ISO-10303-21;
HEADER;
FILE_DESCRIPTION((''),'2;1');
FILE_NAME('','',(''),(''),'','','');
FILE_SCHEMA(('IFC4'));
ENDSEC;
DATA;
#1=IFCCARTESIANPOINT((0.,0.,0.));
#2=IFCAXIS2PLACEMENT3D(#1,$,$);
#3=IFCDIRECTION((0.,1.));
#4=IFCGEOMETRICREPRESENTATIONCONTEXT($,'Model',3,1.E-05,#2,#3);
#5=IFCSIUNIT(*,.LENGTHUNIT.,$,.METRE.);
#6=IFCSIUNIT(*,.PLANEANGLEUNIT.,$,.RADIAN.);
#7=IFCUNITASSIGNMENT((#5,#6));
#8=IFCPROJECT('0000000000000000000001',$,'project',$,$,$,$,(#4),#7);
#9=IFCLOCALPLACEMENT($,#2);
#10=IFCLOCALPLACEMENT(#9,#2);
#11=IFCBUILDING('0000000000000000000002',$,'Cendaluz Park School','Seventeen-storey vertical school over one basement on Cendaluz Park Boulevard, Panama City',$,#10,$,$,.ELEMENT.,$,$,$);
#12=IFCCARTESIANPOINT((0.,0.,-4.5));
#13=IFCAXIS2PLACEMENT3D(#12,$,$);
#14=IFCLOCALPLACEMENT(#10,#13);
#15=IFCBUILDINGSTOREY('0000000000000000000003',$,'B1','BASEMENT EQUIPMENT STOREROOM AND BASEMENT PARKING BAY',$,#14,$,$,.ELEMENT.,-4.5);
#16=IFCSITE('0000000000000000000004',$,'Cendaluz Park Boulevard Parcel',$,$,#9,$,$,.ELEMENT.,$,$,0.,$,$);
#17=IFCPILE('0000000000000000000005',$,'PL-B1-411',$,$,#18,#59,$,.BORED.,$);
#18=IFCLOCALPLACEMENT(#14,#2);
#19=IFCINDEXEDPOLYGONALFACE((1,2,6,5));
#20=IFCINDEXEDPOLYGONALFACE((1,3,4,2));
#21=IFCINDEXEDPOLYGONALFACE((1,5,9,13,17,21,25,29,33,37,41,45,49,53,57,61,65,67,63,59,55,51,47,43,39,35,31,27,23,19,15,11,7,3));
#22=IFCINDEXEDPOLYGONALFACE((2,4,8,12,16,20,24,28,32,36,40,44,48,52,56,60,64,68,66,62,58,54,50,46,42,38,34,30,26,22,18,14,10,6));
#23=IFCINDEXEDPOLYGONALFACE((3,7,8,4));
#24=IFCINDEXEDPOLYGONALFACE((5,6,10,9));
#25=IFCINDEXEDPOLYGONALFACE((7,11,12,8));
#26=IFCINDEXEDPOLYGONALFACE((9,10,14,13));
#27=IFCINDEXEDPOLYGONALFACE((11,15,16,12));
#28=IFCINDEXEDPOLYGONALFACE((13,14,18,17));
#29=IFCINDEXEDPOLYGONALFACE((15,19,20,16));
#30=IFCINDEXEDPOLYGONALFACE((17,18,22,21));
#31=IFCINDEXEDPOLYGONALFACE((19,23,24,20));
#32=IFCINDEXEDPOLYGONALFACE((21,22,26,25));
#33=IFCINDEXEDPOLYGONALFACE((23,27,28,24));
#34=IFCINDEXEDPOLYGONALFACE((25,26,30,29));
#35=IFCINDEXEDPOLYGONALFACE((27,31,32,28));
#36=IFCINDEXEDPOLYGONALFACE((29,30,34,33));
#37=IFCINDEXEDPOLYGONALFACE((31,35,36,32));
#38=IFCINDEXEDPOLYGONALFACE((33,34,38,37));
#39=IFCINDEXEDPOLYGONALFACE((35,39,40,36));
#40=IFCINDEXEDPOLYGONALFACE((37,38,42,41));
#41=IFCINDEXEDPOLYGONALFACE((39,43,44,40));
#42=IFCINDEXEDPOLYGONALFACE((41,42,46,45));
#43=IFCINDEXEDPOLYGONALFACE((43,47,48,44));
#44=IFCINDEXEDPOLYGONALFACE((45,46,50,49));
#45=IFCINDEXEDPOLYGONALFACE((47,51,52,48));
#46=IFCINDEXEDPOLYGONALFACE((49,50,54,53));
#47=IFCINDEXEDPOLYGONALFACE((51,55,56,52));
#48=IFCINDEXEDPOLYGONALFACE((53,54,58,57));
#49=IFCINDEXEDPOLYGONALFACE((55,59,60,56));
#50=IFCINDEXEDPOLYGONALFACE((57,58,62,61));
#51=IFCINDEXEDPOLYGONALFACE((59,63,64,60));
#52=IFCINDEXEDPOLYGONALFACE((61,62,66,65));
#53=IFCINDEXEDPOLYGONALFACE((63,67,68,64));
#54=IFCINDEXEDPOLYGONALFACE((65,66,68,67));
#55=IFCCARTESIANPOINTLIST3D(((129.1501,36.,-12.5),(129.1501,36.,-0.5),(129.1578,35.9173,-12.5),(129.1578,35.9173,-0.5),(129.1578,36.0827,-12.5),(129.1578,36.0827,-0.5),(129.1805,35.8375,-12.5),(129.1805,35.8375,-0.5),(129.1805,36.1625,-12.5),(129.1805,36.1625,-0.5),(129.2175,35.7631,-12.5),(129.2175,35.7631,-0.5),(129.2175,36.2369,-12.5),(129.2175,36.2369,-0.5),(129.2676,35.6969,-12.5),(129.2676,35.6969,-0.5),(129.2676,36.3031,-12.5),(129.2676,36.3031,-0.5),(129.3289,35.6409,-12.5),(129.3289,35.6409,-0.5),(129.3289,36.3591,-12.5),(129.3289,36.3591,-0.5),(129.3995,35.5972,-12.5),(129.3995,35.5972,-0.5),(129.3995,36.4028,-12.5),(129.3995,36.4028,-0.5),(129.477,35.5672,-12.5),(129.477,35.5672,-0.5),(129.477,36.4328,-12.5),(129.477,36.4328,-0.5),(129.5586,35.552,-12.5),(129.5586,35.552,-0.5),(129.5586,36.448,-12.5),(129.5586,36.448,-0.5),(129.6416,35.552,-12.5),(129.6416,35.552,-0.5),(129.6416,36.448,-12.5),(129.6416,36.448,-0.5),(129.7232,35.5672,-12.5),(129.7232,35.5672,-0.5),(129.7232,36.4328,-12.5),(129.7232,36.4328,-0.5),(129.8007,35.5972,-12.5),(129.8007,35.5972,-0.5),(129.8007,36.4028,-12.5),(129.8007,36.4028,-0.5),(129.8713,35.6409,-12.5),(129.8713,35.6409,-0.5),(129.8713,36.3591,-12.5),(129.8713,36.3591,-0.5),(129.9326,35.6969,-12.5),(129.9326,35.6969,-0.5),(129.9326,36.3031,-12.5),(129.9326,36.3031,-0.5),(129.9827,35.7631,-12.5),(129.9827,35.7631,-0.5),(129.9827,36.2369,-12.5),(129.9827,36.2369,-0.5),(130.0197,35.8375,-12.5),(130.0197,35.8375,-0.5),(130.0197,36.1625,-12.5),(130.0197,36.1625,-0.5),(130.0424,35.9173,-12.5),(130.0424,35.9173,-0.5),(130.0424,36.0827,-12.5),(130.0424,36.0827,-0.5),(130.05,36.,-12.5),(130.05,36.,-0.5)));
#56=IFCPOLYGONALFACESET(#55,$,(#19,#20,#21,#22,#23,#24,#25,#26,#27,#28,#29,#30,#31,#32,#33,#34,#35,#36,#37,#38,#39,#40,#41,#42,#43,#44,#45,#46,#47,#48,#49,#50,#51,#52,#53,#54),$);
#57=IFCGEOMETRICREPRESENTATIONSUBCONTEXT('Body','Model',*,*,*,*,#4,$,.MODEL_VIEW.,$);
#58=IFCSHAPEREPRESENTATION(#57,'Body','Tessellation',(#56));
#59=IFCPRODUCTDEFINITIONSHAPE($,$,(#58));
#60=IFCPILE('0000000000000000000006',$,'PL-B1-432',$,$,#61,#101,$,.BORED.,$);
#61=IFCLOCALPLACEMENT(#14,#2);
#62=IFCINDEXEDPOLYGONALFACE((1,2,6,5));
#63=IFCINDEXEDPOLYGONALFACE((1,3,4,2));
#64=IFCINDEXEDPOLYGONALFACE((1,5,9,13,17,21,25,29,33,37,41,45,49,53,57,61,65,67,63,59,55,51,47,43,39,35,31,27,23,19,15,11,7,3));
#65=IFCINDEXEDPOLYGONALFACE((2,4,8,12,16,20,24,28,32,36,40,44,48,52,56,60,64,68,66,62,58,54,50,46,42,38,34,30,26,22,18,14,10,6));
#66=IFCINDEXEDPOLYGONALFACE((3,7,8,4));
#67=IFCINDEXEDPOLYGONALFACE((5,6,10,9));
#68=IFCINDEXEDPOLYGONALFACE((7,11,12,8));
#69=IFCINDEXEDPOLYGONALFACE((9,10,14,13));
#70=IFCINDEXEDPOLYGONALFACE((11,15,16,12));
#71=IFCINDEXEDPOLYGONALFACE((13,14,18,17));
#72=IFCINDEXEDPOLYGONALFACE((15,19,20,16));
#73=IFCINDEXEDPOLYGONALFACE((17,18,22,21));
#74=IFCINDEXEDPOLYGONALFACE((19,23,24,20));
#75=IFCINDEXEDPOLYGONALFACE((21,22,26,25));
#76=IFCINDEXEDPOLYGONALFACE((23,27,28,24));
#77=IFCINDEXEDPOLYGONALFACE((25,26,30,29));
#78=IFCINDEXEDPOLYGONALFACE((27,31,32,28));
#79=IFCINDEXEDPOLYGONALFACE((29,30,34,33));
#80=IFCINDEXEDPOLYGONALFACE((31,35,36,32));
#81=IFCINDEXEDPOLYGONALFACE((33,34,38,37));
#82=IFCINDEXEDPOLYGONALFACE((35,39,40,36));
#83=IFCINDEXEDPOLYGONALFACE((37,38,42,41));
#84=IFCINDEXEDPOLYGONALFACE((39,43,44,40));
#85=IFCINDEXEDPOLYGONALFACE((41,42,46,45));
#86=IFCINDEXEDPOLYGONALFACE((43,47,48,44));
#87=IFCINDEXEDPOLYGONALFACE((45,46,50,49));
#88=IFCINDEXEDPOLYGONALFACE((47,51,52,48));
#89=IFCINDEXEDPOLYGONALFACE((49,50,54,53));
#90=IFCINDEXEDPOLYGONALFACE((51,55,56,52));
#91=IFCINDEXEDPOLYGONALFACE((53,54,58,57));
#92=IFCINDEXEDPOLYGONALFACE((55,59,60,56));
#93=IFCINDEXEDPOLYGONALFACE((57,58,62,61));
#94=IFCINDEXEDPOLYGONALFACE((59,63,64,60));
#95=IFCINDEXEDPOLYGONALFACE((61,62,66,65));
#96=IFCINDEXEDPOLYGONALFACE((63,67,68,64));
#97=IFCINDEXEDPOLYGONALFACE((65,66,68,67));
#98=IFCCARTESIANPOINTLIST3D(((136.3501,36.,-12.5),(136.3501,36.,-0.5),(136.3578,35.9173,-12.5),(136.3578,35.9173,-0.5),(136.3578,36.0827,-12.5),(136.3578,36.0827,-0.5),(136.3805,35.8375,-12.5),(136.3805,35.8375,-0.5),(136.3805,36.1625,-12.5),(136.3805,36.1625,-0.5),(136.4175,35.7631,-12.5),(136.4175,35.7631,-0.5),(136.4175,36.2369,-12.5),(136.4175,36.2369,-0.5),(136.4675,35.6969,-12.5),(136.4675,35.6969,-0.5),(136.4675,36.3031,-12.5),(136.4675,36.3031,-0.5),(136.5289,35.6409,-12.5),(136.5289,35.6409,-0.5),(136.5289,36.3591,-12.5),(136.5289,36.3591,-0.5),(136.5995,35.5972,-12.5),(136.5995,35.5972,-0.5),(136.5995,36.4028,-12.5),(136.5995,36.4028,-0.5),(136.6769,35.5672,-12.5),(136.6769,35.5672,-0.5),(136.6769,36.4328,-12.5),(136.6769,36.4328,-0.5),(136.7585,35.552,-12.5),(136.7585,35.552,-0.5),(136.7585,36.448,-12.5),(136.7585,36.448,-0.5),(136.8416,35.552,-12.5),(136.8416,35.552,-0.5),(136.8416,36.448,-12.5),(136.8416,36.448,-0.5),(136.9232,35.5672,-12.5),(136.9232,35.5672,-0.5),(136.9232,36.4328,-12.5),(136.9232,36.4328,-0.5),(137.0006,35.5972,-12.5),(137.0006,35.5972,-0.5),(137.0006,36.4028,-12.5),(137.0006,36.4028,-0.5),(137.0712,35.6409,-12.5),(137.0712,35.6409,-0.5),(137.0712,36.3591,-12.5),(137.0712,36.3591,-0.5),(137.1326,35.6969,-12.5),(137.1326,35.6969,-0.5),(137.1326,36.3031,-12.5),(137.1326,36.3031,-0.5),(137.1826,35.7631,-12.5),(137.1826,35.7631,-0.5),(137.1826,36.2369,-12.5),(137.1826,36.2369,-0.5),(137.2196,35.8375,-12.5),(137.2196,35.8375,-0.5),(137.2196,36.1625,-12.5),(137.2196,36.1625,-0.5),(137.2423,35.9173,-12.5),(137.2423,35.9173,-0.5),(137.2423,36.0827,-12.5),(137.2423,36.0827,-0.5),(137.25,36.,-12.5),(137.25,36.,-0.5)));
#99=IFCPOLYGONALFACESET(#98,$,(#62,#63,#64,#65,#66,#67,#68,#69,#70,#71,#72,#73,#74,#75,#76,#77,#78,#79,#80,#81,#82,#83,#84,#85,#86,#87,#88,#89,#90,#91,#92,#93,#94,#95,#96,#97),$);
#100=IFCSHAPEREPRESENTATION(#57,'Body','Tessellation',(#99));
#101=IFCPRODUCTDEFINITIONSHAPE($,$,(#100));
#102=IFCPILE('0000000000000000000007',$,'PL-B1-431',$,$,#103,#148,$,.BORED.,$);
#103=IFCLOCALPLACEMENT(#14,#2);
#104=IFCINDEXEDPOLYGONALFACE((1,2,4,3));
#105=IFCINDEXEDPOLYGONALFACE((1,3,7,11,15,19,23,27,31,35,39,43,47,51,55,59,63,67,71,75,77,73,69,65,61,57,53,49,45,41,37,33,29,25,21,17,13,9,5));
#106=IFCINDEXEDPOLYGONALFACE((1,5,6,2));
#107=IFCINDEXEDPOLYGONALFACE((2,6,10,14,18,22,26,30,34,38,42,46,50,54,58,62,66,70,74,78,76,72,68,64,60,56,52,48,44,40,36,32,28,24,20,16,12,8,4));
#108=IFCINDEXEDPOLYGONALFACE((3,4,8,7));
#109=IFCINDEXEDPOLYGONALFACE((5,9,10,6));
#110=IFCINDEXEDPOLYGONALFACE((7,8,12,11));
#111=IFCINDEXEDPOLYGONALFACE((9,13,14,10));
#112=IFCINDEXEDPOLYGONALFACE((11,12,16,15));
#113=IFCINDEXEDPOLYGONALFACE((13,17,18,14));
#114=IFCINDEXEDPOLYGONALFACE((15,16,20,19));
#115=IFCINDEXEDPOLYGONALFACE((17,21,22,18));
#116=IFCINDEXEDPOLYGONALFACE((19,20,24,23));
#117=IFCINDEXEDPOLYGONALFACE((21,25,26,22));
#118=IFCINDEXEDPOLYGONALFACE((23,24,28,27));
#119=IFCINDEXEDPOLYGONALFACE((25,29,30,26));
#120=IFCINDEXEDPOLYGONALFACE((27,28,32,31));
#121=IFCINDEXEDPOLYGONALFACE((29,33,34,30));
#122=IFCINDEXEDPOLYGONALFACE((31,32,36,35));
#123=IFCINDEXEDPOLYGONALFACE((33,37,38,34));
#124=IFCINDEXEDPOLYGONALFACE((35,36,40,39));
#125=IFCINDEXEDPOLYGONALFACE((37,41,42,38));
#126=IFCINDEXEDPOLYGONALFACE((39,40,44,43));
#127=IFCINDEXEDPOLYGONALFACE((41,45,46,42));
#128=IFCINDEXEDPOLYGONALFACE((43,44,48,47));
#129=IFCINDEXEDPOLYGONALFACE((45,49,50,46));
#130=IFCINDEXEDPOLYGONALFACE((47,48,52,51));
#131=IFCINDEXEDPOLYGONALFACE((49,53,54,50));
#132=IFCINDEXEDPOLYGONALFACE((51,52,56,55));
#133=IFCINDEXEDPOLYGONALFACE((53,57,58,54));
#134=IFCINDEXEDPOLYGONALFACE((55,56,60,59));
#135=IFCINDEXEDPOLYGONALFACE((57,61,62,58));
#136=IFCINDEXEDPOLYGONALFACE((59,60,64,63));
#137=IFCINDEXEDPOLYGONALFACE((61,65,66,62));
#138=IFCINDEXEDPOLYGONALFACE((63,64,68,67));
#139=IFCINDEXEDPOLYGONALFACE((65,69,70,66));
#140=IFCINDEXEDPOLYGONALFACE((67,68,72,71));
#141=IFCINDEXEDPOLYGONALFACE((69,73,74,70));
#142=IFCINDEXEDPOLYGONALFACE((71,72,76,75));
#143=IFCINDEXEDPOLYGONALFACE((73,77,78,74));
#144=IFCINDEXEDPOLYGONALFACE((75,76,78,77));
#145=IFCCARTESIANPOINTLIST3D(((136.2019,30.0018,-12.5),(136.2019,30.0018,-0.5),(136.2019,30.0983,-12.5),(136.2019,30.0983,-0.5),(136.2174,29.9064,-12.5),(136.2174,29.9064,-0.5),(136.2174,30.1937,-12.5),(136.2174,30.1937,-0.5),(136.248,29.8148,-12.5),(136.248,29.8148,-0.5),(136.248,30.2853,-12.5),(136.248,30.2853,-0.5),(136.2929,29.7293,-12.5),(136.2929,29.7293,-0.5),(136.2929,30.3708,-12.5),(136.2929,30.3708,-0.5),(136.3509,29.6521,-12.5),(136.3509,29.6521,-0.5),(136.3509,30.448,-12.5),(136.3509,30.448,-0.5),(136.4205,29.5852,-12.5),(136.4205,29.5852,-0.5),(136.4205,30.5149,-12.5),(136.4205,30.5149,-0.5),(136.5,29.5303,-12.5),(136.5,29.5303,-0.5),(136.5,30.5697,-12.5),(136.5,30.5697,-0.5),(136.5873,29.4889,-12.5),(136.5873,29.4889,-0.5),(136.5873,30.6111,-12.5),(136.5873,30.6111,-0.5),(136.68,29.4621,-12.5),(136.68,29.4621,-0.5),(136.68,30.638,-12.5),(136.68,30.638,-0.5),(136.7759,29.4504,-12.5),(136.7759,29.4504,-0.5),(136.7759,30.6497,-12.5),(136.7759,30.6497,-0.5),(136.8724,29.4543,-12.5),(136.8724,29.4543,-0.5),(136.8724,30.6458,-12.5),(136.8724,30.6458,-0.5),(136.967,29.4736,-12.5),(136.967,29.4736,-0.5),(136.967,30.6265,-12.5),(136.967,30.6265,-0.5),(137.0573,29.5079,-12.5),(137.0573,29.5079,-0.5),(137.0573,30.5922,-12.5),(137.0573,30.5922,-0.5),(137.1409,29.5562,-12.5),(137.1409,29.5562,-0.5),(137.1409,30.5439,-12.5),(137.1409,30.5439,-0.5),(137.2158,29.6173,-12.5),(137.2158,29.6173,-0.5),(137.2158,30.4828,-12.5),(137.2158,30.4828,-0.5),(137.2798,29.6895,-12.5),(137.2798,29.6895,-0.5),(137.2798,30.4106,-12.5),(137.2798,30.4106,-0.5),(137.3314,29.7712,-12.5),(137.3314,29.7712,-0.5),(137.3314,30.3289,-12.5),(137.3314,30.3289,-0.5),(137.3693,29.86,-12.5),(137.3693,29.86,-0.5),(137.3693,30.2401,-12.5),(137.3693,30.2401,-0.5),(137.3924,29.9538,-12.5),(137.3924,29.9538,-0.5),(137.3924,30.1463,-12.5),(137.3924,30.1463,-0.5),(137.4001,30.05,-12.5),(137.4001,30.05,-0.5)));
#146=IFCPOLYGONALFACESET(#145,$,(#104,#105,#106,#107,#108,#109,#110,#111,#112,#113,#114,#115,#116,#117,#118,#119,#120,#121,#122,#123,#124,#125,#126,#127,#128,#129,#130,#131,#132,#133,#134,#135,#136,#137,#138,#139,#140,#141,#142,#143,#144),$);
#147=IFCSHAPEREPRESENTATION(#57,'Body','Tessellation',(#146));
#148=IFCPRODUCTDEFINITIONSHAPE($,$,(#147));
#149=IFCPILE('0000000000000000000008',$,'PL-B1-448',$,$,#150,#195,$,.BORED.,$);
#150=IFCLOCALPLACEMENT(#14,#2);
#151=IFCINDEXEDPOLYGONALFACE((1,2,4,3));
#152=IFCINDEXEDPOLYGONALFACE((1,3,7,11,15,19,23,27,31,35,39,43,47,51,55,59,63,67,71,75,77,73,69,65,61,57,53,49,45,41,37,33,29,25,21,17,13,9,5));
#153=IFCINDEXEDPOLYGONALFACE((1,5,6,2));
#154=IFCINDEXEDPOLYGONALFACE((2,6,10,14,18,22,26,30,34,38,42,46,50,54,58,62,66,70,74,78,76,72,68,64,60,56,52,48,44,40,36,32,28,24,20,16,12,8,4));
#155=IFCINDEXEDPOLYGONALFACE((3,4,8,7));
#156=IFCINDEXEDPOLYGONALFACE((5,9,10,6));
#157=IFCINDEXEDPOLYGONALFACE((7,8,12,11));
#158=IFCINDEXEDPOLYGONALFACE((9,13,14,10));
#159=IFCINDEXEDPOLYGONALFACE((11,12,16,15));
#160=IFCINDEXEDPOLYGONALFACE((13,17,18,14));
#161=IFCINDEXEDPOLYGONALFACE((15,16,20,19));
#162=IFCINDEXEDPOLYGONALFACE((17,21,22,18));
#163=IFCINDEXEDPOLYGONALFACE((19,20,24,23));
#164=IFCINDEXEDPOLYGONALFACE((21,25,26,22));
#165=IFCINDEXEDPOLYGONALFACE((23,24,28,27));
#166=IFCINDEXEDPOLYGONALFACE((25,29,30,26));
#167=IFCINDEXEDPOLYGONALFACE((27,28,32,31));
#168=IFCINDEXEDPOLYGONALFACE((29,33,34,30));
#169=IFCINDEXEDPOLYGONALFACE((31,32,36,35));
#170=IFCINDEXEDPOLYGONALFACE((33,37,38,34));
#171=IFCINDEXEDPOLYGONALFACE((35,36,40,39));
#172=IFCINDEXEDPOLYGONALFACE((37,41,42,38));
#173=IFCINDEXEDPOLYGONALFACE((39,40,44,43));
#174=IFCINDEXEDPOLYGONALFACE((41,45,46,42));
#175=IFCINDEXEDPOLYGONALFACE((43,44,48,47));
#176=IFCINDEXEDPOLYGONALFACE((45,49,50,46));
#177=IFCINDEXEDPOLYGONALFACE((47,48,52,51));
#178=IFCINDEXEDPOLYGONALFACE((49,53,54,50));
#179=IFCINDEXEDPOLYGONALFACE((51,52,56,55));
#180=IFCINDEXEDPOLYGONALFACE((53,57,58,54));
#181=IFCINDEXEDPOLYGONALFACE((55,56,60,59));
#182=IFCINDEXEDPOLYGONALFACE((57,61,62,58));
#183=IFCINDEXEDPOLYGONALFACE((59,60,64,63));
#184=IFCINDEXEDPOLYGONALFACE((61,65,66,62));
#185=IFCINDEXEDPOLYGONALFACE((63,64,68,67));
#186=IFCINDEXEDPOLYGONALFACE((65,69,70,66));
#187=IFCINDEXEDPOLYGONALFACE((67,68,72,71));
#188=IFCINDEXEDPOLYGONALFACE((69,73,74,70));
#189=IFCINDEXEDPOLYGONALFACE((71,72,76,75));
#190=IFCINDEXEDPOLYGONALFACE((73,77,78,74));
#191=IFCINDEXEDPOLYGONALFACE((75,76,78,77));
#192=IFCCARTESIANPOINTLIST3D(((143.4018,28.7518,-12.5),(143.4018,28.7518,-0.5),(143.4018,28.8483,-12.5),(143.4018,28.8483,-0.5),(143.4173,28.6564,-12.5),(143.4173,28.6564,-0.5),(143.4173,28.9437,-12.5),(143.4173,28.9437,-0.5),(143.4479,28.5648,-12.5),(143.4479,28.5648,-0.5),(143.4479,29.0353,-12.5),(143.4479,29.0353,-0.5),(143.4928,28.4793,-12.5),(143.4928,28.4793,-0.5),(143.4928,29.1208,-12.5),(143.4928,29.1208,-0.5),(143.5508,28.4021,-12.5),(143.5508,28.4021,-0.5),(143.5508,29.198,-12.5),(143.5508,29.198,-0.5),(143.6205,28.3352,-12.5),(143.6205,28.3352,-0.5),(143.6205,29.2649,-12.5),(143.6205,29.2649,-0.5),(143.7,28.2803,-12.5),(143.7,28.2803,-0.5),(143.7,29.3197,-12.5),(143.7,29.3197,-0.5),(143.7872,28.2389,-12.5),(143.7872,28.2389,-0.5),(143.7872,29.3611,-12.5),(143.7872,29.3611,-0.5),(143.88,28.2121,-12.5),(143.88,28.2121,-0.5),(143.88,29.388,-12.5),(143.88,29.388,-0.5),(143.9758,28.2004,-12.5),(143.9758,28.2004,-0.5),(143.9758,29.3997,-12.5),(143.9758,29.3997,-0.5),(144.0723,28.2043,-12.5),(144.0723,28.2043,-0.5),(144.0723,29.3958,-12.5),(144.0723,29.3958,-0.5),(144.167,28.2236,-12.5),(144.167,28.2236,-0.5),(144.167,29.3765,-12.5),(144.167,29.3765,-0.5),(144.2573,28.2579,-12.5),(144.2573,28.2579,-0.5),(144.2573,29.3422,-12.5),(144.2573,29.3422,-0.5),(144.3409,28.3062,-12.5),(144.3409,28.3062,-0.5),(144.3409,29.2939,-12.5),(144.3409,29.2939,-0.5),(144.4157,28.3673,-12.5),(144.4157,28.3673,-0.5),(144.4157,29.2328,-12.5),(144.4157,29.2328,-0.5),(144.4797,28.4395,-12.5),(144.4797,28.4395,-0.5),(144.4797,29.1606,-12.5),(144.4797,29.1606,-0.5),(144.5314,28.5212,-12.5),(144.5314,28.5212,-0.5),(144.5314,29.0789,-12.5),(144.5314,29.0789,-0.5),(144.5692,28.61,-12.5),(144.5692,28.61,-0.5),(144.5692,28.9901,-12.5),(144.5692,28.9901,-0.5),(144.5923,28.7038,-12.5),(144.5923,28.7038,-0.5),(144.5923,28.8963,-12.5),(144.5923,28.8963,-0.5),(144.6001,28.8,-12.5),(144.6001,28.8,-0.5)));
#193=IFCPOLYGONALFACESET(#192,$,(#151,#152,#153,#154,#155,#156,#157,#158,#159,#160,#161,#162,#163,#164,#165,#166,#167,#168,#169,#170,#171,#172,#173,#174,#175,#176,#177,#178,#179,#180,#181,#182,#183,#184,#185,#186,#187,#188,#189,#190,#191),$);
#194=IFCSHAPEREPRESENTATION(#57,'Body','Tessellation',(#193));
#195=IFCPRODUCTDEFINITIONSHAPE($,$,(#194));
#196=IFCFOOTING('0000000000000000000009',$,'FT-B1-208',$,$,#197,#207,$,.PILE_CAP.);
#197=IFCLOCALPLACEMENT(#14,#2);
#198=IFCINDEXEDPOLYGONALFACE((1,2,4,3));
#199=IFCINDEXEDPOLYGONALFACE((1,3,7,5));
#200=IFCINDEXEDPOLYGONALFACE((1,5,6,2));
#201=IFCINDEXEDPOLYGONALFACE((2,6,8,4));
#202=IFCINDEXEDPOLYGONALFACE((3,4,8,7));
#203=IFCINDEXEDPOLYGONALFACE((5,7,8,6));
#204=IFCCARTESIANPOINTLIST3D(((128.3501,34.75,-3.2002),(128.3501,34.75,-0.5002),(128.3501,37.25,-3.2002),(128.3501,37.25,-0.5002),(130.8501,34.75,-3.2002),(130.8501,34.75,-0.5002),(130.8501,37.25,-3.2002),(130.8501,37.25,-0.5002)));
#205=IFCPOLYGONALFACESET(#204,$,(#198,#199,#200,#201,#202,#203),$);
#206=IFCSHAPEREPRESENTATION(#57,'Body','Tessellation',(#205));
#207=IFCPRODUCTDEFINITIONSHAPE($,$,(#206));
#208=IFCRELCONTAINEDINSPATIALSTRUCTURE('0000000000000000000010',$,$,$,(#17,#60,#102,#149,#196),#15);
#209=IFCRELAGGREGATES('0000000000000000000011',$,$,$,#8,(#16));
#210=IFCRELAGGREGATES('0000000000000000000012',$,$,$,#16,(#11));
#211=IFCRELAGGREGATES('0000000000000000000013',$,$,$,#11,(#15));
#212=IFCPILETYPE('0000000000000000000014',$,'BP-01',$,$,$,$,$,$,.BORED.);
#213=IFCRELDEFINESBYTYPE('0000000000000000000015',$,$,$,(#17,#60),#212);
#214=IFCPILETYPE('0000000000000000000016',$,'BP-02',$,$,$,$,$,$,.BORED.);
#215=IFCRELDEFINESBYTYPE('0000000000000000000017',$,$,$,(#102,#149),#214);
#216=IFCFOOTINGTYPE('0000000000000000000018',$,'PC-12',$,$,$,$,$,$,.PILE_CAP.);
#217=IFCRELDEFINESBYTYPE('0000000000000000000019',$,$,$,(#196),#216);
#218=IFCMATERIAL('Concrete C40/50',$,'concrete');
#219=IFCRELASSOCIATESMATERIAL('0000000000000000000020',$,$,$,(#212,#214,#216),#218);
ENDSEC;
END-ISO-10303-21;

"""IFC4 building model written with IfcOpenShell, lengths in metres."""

from ifc_helpers import new_model, si_unit, direction, frame, origin, origin_2d, place, context, subcontext, project, spatial, rectangle, circle, extrude, material, material_profile, profile_set, type_object, element, save


model = new_model("IFC4")

# Units and contexts
model_context = context("Model", 3, precision=1e-05, world=origin(), true_north=direction((0.0, 1.0)))
body_context = subcontext(model_context, "Body", "Model", "MODEL_VIEW")
ifc_project = project(units=[si_unit("LENGTHUNIT", "METRE"), si_unit("PLANEANGLEUNIT", "RADIAN")], contexts=[model_context])

# Site, building, storey
site_placement = place(None, origin())
site = spatial("IfcSite", under=ifc_project, at=site_placement, Name="Cendaluz Park Boulevard Parcel", CompositionType="ELEMENT", RefElevation=0.0)
building_placement = place(site_placement, origin())
building = spatial("IfcBuilding", under=site, at=building_placement, Name="Cendaluz Park School", Description="Seventeen-storey vertical school over one basement on Cendaluz Park Boulevard, Panama City", CompositionType="ELEMENT")
storey_placement = place(building_placement, frame((0.0, 0.0, -4.5)))
storey = spatial("IfcBuildingStorey", under=building, at=storey_placement, Name="B1", Description="BASEMENT EQUIPMENT STOREROOM AND BASEMENT PARKING BAY", CompositionType="ELEMENT", Elevation=-4.5)

# Piles
ifc_material = material(Name="Concrete C40/50", Category="concrete")
ifc_material_profile_1 = material_profile(ifc_material, circle(Radius=0.45, at=origin_2d()), Name="BP D900", Category="concrete")
ifc_profile_set_1 = profile_set([ifc_material_profile_1], Name="Concrete C40/50")
pile_type_1 = type_object("IfcPileType", Name="BP-01", PredefinedType="BORED", material=ifc_profile_set_1)
for number, where, z_axis, x_axis, name in (
    (1, (129.6001, 36.0, -0.5), (0.0, 0.0, -1.0), (1.0, 0.0, 0.0), "PL-B1-411"),
    (2, (136.8, 36.0, -0.5), (0.0, 0.0, -1.0), (1.0, 0.0, 0.0), "PL-B1-432"),
):
    element("IfcPile", number, at=place(storey_placement, frame(where, z_axis=z_axis, x_axis=x_axis)), inside=storey, type_object=pile_type_1, Name=name, PredefinedType="BORED", context=body_context, shape_type="SweptSolid", body=[
        extrude(circle(Radius=0.45, at=origin_2d()), origin(), (0.0, 0.0, 1.0), 12.0),
    ])
ifc_material_profile_2 = material_profile(ifc_material, circle(Radius=0.6001, at=origin_2d()), Name="BP D1200", Category="concrete")
ifc_profile_set_2 = profile_set([ifc_material_profile_2], Name="Concrete C40/50")
pile_type_2 = type_object("IfcPileType", Name="BP-02", PredefinedType="BORED", material=ifc_profile_set_2)
for number, where, z_axis, x_axis, name in (
    (3, (136.8, 30.05, -0.5), (0.0, 0.0, -1.0), (1.0, 0.0, 0.0), "PL-B1-431"),
    (4, (144.0, 28.8, -0.5), (0.0, 0.0, -1.0), (1.0, 0.0, 0.0), "PL-B1-448"),
):
    element("IfcPile", number, at=place(storey_placement, frame(where, z_axis=z_axis, x_axis=x_axis)), inside=storey, type_object=pile_type_2, Name=name, PredefinedType="BORED", context=body_context, shape_type="SweptSolid", body=[
        extrude(circle(Radius=0.6001, at=origin_2d()), origin(), (0.0, 0.0, 1.0), 12.0),
    ])

# Footing
footing_type_1 = type_object("IfcFootingType", Name="PC-12", PredefinedType="PILE_CAP", material=ifc_material)
footing_1_placement = place(storey_placement, frame((129.6001, 36.0, -3.2002), z_axis=(0.0, 0.0, 1.0), x_axis=(1.0, 0.0, 0.0)))
element("IfcFooting", 5, at=footing_1_placement, inside=storey, type_object=footing_type_1, Name="FT-B1-208", PredefinedType="PILE_CAP", context=body_context, shape_type="SweptSolid", body=[
    extrude(rectangle(XDim=2.5, YDim=2.5, at=origin_2d()), origin(), (0.0, 0.0, 1.0), 2.7),
])

save(model, "model.ifc")
